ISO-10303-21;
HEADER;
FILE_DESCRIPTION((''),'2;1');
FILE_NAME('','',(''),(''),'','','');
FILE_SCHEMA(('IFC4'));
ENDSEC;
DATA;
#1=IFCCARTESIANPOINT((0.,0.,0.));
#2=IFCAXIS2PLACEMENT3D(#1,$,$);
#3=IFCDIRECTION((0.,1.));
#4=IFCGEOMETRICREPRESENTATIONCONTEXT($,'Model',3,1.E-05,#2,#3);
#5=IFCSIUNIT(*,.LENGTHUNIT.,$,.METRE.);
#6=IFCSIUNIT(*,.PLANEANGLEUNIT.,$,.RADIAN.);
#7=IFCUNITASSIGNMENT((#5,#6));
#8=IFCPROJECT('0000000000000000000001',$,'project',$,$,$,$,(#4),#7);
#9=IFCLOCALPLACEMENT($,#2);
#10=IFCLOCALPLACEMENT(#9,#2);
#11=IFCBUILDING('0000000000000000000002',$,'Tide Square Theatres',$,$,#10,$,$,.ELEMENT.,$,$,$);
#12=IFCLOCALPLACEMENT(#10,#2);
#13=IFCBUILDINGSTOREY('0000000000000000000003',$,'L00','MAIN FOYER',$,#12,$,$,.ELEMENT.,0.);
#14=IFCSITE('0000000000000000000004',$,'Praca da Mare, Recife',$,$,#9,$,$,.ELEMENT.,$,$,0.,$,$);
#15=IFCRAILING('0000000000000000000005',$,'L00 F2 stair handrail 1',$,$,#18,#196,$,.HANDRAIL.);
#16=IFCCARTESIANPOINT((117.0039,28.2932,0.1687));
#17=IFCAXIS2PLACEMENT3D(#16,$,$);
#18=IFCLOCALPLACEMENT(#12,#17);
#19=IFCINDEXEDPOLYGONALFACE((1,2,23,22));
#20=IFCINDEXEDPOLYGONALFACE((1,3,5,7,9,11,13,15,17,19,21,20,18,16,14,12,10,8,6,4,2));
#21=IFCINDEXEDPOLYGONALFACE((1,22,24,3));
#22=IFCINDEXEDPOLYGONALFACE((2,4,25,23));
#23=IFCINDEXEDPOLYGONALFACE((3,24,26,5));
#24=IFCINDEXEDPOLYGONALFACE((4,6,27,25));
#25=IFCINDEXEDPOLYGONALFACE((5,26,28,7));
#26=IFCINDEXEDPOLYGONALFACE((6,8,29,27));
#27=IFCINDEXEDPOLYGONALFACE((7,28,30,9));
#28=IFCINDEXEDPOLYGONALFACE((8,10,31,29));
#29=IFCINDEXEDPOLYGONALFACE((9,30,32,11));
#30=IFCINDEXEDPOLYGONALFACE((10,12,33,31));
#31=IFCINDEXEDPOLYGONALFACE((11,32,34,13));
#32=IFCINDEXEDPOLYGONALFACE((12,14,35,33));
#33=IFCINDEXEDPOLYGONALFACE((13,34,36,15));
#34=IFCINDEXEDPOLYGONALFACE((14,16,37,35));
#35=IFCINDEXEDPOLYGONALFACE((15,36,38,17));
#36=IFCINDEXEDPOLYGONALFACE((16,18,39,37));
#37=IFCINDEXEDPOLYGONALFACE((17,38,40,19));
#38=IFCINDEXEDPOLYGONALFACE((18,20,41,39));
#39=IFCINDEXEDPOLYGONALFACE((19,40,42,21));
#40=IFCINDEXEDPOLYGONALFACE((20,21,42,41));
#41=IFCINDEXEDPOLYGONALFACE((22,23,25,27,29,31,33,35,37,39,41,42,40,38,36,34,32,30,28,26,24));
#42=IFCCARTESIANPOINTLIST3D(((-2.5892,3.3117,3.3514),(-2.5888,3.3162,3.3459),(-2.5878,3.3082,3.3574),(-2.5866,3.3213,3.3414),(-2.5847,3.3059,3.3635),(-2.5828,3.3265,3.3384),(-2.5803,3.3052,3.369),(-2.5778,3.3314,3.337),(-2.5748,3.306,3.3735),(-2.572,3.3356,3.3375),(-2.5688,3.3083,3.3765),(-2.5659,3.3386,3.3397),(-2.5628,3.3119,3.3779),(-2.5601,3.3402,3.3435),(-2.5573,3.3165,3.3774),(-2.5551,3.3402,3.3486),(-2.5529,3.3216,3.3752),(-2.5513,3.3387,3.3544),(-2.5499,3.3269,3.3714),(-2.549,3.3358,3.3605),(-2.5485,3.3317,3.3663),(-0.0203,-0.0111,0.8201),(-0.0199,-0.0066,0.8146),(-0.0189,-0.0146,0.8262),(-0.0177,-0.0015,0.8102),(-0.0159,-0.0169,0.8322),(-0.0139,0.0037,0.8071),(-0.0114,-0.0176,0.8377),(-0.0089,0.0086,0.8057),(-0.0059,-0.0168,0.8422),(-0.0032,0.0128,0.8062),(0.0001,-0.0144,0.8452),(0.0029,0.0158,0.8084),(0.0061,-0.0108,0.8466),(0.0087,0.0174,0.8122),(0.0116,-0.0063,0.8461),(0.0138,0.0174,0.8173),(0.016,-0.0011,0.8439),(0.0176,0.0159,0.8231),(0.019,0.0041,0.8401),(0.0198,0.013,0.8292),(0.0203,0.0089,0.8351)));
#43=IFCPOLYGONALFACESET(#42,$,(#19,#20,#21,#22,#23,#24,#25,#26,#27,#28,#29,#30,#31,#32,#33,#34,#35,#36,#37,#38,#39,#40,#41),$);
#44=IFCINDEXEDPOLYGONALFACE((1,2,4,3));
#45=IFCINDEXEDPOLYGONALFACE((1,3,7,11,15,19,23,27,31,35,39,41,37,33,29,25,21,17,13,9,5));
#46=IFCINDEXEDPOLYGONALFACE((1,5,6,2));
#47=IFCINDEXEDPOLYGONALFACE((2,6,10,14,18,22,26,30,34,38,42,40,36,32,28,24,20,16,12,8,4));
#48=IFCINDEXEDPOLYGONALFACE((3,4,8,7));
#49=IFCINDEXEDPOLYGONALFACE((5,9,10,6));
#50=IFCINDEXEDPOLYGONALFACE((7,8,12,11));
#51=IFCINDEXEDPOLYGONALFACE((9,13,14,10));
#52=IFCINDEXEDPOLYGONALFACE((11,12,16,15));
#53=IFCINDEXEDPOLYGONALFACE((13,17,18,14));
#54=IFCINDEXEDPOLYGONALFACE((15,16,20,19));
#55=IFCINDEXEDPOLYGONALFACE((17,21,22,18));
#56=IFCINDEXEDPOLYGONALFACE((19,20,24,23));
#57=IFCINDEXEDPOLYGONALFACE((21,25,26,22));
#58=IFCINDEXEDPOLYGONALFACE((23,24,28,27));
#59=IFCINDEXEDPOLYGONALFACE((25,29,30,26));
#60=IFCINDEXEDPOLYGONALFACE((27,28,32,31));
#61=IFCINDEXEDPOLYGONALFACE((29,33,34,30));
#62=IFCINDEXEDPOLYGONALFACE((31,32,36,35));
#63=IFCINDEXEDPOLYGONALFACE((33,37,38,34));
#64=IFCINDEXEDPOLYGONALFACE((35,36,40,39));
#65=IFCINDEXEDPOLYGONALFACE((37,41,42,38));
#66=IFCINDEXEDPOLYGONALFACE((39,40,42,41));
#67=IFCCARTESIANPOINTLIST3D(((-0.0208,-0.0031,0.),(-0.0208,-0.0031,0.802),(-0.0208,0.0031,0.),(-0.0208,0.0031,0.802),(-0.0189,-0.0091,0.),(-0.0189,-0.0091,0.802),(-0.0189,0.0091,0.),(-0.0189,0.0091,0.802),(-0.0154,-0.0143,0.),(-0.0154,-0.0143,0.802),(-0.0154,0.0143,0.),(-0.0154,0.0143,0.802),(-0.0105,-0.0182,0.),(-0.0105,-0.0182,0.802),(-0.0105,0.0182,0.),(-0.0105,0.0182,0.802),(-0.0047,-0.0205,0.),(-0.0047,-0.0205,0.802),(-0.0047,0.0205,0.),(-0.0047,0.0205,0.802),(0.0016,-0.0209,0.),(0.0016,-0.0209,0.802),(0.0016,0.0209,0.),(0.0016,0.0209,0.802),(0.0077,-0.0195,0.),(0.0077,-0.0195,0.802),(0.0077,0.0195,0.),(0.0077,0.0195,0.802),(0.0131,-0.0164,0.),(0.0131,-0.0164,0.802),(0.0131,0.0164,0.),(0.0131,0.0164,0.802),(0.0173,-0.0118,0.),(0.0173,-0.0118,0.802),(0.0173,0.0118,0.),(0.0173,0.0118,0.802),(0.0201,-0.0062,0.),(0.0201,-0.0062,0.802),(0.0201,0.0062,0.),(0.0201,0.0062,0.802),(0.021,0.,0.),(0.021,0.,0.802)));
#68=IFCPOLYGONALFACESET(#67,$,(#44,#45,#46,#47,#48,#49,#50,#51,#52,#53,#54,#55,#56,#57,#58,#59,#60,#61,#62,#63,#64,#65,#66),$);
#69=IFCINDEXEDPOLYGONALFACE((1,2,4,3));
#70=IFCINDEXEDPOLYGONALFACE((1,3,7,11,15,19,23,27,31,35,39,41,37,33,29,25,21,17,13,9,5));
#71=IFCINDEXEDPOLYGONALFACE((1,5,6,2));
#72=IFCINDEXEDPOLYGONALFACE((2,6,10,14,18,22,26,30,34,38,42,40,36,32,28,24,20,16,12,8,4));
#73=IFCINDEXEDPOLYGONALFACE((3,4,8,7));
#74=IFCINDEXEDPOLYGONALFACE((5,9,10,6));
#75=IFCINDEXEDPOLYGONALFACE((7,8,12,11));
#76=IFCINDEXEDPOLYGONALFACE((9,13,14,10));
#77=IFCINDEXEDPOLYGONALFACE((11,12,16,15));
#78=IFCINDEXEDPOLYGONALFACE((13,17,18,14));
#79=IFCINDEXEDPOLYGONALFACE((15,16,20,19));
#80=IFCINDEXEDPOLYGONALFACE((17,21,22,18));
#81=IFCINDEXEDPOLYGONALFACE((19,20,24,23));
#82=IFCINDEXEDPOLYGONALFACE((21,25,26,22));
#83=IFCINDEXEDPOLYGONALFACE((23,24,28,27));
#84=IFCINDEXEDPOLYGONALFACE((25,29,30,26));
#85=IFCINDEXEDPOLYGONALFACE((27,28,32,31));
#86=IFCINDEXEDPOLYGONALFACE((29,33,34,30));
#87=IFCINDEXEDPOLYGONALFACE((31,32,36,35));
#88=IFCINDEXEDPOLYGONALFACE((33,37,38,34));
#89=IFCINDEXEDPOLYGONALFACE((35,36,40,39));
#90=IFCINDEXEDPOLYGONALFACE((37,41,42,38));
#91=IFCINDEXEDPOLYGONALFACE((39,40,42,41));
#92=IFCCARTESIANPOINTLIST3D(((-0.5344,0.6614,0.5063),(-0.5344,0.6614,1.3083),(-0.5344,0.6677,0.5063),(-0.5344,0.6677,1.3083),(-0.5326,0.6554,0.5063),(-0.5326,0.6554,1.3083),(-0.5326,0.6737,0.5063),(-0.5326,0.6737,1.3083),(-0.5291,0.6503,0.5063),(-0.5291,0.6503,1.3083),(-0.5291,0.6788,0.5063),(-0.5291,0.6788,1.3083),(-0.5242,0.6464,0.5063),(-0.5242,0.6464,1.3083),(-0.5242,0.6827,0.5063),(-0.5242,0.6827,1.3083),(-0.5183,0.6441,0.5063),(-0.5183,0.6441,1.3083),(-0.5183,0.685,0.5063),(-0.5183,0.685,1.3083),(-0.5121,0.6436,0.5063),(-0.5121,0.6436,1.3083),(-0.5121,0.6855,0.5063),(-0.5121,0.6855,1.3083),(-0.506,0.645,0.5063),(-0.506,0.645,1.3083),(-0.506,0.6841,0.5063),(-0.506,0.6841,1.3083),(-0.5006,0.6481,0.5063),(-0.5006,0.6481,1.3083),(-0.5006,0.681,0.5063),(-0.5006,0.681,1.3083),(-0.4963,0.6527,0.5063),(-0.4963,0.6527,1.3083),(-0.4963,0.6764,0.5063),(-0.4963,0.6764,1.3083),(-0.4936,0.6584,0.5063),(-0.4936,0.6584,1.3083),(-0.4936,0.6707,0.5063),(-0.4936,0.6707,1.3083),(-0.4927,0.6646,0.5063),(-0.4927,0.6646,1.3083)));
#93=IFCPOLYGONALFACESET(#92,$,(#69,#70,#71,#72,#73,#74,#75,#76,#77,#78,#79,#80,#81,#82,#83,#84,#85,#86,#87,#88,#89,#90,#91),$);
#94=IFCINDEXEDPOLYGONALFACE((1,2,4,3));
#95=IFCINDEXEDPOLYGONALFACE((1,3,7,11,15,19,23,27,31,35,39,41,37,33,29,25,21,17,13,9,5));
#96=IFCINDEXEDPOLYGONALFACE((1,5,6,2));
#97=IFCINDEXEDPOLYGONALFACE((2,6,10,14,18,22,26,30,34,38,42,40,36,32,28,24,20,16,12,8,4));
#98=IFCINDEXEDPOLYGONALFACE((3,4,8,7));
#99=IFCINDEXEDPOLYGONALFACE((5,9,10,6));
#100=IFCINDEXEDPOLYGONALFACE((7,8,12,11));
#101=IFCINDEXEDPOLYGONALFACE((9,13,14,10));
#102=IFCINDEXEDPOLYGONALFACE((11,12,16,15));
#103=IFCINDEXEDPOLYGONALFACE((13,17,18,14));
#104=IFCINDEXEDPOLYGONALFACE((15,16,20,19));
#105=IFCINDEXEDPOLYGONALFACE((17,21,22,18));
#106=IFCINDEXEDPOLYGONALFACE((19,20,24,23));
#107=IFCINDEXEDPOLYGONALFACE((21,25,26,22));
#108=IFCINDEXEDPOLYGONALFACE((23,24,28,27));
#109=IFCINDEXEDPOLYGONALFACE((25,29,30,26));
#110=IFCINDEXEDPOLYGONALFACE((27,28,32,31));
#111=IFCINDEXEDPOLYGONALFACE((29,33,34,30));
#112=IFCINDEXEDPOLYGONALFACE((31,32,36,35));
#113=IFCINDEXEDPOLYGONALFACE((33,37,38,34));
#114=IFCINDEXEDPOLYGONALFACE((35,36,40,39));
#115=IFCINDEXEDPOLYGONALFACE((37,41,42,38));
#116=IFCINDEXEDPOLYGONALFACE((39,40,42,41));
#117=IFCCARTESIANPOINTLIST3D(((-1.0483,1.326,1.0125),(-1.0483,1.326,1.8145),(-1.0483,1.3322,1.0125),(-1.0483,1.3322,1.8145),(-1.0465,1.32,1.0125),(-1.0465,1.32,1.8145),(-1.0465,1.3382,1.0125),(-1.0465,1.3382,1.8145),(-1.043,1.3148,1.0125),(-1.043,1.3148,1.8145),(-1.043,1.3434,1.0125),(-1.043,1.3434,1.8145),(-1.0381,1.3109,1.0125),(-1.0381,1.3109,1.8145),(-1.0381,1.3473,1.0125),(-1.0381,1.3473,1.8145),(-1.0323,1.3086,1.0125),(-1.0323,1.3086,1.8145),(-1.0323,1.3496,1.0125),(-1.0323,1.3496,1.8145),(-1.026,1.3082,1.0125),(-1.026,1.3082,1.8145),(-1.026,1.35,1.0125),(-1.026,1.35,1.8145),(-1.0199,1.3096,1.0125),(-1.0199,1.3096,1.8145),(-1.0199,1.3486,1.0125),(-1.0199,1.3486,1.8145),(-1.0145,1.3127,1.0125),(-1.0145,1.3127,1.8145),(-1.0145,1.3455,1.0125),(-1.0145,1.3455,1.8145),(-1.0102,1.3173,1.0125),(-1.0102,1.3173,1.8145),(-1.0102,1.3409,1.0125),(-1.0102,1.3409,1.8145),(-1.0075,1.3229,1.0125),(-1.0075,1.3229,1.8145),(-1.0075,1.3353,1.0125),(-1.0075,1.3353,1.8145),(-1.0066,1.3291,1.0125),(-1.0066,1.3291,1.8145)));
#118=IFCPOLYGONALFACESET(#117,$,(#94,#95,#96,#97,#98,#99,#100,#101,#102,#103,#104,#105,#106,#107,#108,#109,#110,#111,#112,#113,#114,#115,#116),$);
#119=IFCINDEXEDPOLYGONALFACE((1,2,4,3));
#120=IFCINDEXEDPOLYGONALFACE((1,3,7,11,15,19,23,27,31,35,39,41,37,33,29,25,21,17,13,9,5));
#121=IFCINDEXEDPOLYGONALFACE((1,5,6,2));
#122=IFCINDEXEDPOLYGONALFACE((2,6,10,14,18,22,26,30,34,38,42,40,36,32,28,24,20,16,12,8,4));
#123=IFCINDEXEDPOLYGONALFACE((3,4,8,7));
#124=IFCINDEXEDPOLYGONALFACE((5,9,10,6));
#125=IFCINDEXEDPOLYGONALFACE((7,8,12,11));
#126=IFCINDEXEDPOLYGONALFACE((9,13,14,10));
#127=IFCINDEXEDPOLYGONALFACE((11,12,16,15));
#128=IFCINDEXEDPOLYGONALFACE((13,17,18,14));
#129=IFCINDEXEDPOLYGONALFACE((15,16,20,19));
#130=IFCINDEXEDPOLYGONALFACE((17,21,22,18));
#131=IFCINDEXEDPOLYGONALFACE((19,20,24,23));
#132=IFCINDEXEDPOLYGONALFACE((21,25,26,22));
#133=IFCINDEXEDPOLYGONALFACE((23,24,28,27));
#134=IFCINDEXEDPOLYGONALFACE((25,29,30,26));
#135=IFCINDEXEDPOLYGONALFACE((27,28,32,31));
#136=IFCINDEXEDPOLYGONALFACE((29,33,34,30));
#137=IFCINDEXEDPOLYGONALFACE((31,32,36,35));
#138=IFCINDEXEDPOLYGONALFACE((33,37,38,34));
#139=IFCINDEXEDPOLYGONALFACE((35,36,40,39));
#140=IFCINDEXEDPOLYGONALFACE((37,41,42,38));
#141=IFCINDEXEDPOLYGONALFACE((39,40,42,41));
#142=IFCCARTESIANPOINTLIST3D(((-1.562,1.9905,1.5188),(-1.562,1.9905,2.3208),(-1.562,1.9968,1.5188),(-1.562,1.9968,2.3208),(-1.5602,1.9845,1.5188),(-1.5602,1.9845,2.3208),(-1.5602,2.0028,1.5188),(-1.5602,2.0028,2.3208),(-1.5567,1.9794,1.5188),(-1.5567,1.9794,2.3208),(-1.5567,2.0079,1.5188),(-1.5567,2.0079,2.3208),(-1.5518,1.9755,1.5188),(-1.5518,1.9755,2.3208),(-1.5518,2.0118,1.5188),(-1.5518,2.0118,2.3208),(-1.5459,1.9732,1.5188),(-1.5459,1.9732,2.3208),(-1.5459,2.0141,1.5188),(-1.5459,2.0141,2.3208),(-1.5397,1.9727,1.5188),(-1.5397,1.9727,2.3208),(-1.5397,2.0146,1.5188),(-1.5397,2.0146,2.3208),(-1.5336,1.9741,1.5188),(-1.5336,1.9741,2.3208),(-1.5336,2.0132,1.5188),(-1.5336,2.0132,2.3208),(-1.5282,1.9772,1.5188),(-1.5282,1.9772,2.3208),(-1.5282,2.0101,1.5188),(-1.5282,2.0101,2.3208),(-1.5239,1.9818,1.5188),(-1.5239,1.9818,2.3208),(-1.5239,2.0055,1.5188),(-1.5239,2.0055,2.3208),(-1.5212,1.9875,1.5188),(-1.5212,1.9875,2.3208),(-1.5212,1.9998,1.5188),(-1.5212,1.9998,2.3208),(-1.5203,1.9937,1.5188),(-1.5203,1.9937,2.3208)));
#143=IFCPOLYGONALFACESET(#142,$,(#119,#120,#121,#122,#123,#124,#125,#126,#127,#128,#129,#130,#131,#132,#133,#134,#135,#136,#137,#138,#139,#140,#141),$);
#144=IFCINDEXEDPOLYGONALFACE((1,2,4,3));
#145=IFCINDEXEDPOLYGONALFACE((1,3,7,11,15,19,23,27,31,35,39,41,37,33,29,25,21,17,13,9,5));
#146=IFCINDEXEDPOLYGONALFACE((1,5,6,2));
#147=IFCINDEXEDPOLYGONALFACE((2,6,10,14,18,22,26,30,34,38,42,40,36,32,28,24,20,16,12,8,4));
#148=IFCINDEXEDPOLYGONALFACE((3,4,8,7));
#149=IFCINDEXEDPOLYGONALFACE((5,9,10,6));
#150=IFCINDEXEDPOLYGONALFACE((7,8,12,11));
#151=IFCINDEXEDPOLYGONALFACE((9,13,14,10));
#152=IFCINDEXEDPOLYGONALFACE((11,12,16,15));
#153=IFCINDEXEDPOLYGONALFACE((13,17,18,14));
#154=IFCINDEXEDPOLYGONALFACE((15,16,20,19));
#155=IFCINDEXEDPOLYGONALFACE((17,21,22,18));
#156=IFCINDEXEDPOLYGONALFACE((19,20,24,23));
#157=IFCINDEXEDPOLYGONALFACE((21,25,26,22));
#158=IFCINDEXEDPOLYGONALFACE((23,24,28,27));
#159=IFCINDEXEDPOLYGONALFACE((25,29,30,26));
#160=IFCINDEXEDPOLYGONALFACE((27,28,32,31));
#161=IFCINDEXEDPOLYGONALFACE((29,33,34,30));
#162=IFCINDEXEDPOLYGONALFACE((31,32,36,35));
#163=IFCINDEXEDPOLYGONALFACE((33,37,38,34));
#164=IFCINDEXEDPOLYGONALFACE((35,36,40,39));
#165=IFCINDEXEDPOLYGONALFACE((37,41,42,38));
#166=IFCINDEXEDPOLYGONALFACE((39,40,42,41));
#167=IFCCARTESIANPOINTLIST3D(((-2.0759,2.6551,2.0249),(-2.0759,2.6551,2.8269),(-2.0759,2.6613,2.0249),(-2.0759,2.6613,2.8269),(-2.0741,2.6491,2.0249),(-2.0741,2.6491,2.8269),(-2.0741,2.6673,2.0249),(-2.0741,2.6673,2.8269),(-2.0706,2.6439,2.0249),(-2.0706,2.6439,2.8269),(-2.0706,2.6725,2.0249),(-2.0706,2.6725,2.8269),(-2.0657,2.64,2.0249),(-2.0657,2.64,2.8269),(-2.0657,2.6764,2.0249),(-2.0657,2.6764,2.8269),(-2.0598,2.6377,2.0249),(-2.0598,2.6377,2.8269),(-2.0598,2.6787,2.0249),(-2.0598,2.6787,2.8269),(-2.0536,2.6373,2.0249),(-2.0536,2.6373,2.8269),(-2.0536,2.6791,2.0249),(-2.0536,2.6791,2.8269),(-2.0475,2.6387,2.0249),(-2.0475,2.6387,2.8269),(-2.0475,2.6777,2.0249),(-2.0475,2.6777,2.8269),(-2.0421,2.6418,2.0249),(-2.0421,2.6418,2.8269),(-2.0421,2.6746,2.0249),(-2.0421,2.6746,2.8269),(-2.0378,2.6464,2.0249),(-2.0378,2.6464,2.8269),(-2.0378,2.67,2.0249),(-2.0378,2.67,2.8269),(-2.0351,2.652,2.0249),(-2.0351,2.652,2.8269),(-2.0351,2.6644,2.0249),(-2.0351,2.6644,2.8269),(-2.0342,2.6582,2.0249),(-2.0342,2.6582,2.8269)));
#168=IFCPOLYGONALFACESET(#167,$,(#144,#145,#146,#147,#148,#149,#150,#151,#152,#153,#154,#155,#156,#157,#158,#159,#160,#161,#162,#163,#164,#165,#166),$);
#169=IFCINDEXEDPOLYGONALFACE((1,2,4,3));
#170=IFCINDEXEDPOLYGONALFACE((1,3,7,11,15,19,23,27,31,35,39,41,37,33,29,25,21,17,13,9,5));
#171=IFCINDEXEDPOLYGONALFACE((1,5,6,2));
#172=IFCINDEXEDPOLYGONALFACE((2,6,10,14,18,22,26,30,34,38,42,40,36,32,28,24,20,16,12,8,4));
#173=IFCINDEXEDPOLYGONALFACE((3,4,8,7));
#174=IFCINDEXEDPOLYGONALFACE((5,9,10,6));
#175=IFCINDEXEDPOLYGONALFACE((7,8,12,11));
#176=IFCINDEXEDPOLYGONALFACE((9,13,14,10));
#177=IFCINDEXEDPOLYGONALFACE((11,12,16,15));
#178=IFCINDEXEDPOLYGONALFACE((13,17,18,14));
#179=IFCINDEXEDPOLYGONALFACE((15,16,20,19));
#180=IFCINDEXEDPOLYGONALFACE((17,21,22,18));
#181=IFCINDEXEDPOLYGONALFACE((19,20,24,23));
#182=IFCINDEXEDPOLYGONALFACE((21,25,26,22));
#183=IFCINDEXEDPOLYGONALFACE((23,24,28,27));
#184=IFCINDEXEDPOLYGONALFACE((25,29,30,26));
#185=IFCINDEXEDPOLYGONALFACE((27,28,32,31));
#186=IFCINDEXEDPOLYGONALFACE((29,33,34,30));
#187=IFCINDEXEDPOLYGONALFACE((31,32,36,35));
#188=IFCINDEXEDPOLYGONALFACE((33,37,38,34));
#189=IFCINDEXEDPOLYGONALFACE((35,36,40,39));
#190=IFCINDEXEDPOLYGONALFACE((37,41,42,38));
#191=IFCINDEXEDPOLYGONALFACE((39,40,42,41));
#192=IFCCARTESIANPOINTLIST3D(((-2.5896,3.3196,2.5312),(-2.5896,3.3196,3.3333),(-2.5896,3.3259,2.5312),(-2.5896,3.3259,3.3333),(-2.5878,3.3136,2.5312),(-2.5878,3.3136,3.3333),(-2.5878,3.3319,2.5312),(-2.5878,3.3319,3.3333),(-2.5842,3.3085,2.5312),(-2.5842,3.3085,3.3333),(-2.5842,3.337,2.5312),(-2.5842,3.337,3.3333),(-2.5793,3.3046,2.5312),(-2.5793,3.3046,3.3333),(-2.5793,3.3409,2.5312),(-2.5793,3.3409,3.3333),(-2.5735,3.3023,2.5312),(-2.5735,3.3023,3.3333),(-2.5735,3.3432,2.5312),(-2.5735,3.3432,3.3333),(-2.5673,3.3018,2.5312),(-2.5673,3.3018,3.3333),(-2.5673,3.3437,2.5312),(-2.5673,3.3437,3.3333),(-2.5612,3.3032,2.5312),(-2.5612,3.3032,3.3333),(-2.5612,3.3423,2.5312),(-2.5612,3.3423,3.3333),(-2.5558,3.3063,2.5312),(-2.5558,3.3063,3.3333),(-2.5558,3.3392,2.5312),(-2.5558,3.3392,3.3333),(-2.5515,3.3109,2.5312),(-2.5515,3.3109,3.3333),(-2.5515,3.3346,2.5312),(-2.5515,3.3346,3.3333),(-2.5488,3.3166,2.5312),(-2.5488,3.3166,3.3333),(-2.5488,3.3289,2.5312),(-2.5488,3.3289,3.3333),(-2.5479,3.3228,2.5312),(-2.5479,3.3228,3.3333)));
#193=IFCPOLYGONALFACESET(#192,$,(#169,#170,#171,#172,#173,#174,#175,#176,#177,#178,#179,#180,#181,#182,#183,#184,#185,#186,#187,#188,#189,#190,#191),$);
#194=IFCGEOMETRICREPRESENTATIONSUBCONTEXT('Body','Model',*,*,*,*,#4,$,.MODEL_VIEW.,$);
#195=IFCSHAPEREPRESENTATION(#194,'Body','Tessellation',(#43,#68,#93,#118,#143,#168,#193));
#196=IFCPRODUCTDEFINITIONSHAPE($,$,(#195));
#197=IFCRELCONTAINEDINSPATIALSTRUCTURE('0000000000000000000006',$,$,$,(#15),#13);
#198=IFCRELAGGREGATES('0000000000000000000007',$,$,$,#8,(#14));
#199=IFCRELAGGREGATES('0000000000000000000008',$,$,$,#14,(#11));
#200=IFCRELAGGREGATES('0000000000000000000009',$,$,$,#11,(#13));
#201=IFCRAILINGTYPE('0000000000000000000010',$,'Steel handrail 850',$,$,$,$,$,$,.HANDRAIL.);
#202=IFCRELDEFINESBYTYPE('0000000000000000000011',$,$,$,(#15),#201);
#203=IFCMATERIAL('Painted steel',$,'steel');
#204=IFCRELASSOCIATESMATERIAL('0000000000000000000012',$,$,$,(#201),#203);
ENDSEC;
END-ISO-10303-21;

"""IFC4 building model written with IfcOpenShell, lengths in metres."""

from ifc_helpers import new_model, si_unit, direction, frame, origin, origin_2d, place, context, subcontext, project, spatial, circle, extrude, material, type_object, element, save


model = new_model("IFC4")

# Units and contexts
model_context = context("Model", 3, precision=1e-05, world=origin(), true_north=direction((0.0, 1.0)))
body_context = subcontext(model_context, "Body", "Model", "MODEL_VIEW")
ifc_project = project(units=[si_unit("LENGTHUNIT", "METRE"), si_unit("PLANEANGLEUNIT", "RADIAN")], contexts=[model_context])

# Site, building, storey
site_placement = place(None, origin())
site = spatial("IfcSite", under=ifc_project, at=site_placement, Name="Praca da Mare, Recife", CompositionType="ELEMENT", RefElevation=0.0)
building_placement = place(site_placement, origin())
building = spatial("IfcBuilding", under=site, at=building_placement, Name="Tide Square Theatres", CompositionType="ELEMENT")
storey_placement = place(building_placement, origin())
storey = spatial("IfcBuildingStorey", under=building, at=storey_placement, Name="L00", Description="MAIN FOYER", CompositionType="ELEMENT", Elevation=0.0)

# Railing
ifc_material_1 = material(Name="Painted steel", Category="steel")
railing_type_1 = type_object("IfcRailingType", Name="Steel handrail 850", PredefinedType="HANDRAIL", material=ifc_material_1)
railing_1_placement = place(storey_placement, frame((117.0039, 28.2932, 0.1687)))
element("IfcRailing", 1, at=railing_1_placement, inside=storey, type_object=railing_type_1, Name="L00 F2 stair handrail 1", PredefinedType="HANDRAIL", context=body_context, shape_type="SweptSolid", body=[
    extrude(circle(Radius=0.0239, at=origin_2d()), frame((0.0, 0.0, 0.8262), z_axis=(-0.523852, 0.677593, 0.516185), x_axis=(-0.791139, -0.611636, 0.0)), (0.0, 0.0, 1.0), 4.9038),
    extrude(circle(Radius=0.021, at=origin_2d()), origin(), (0.0, 0.0, 1.0), 0.802),
    extrude(circle(Radius=0.021, at=origin_2d()), frame((-0.5137, 0.6646, 0.5063)), (0.0, 0.0, 1.0), 0.802),
    extrude(circle(Radius=0.021, at=origin_2d()), frame((-1.0276, 1.3291, 1.0125)), (0.0, 0.0, 1.0), 0.802),
    extrude(circle(Radius=0.021, at=origin_2d()), frame((-1.5413, 1.9937, 1.5188)), (0.0, 0.0, 1.0), 0.802),
    extrude(circle(Radius=0.021, at=origin_2d()), frame((-2.0552, 2.6582, 2.0249)), (0.0, 0.0, 1.0), 0.802),
    extrude(circle(Radius=0.021, at=origin_2d()), frame((-2.5688, 3.3228, 2.5312)), (0.0, 0.0, 1.0), 0.802),
])

save(model, "model.ifc")
